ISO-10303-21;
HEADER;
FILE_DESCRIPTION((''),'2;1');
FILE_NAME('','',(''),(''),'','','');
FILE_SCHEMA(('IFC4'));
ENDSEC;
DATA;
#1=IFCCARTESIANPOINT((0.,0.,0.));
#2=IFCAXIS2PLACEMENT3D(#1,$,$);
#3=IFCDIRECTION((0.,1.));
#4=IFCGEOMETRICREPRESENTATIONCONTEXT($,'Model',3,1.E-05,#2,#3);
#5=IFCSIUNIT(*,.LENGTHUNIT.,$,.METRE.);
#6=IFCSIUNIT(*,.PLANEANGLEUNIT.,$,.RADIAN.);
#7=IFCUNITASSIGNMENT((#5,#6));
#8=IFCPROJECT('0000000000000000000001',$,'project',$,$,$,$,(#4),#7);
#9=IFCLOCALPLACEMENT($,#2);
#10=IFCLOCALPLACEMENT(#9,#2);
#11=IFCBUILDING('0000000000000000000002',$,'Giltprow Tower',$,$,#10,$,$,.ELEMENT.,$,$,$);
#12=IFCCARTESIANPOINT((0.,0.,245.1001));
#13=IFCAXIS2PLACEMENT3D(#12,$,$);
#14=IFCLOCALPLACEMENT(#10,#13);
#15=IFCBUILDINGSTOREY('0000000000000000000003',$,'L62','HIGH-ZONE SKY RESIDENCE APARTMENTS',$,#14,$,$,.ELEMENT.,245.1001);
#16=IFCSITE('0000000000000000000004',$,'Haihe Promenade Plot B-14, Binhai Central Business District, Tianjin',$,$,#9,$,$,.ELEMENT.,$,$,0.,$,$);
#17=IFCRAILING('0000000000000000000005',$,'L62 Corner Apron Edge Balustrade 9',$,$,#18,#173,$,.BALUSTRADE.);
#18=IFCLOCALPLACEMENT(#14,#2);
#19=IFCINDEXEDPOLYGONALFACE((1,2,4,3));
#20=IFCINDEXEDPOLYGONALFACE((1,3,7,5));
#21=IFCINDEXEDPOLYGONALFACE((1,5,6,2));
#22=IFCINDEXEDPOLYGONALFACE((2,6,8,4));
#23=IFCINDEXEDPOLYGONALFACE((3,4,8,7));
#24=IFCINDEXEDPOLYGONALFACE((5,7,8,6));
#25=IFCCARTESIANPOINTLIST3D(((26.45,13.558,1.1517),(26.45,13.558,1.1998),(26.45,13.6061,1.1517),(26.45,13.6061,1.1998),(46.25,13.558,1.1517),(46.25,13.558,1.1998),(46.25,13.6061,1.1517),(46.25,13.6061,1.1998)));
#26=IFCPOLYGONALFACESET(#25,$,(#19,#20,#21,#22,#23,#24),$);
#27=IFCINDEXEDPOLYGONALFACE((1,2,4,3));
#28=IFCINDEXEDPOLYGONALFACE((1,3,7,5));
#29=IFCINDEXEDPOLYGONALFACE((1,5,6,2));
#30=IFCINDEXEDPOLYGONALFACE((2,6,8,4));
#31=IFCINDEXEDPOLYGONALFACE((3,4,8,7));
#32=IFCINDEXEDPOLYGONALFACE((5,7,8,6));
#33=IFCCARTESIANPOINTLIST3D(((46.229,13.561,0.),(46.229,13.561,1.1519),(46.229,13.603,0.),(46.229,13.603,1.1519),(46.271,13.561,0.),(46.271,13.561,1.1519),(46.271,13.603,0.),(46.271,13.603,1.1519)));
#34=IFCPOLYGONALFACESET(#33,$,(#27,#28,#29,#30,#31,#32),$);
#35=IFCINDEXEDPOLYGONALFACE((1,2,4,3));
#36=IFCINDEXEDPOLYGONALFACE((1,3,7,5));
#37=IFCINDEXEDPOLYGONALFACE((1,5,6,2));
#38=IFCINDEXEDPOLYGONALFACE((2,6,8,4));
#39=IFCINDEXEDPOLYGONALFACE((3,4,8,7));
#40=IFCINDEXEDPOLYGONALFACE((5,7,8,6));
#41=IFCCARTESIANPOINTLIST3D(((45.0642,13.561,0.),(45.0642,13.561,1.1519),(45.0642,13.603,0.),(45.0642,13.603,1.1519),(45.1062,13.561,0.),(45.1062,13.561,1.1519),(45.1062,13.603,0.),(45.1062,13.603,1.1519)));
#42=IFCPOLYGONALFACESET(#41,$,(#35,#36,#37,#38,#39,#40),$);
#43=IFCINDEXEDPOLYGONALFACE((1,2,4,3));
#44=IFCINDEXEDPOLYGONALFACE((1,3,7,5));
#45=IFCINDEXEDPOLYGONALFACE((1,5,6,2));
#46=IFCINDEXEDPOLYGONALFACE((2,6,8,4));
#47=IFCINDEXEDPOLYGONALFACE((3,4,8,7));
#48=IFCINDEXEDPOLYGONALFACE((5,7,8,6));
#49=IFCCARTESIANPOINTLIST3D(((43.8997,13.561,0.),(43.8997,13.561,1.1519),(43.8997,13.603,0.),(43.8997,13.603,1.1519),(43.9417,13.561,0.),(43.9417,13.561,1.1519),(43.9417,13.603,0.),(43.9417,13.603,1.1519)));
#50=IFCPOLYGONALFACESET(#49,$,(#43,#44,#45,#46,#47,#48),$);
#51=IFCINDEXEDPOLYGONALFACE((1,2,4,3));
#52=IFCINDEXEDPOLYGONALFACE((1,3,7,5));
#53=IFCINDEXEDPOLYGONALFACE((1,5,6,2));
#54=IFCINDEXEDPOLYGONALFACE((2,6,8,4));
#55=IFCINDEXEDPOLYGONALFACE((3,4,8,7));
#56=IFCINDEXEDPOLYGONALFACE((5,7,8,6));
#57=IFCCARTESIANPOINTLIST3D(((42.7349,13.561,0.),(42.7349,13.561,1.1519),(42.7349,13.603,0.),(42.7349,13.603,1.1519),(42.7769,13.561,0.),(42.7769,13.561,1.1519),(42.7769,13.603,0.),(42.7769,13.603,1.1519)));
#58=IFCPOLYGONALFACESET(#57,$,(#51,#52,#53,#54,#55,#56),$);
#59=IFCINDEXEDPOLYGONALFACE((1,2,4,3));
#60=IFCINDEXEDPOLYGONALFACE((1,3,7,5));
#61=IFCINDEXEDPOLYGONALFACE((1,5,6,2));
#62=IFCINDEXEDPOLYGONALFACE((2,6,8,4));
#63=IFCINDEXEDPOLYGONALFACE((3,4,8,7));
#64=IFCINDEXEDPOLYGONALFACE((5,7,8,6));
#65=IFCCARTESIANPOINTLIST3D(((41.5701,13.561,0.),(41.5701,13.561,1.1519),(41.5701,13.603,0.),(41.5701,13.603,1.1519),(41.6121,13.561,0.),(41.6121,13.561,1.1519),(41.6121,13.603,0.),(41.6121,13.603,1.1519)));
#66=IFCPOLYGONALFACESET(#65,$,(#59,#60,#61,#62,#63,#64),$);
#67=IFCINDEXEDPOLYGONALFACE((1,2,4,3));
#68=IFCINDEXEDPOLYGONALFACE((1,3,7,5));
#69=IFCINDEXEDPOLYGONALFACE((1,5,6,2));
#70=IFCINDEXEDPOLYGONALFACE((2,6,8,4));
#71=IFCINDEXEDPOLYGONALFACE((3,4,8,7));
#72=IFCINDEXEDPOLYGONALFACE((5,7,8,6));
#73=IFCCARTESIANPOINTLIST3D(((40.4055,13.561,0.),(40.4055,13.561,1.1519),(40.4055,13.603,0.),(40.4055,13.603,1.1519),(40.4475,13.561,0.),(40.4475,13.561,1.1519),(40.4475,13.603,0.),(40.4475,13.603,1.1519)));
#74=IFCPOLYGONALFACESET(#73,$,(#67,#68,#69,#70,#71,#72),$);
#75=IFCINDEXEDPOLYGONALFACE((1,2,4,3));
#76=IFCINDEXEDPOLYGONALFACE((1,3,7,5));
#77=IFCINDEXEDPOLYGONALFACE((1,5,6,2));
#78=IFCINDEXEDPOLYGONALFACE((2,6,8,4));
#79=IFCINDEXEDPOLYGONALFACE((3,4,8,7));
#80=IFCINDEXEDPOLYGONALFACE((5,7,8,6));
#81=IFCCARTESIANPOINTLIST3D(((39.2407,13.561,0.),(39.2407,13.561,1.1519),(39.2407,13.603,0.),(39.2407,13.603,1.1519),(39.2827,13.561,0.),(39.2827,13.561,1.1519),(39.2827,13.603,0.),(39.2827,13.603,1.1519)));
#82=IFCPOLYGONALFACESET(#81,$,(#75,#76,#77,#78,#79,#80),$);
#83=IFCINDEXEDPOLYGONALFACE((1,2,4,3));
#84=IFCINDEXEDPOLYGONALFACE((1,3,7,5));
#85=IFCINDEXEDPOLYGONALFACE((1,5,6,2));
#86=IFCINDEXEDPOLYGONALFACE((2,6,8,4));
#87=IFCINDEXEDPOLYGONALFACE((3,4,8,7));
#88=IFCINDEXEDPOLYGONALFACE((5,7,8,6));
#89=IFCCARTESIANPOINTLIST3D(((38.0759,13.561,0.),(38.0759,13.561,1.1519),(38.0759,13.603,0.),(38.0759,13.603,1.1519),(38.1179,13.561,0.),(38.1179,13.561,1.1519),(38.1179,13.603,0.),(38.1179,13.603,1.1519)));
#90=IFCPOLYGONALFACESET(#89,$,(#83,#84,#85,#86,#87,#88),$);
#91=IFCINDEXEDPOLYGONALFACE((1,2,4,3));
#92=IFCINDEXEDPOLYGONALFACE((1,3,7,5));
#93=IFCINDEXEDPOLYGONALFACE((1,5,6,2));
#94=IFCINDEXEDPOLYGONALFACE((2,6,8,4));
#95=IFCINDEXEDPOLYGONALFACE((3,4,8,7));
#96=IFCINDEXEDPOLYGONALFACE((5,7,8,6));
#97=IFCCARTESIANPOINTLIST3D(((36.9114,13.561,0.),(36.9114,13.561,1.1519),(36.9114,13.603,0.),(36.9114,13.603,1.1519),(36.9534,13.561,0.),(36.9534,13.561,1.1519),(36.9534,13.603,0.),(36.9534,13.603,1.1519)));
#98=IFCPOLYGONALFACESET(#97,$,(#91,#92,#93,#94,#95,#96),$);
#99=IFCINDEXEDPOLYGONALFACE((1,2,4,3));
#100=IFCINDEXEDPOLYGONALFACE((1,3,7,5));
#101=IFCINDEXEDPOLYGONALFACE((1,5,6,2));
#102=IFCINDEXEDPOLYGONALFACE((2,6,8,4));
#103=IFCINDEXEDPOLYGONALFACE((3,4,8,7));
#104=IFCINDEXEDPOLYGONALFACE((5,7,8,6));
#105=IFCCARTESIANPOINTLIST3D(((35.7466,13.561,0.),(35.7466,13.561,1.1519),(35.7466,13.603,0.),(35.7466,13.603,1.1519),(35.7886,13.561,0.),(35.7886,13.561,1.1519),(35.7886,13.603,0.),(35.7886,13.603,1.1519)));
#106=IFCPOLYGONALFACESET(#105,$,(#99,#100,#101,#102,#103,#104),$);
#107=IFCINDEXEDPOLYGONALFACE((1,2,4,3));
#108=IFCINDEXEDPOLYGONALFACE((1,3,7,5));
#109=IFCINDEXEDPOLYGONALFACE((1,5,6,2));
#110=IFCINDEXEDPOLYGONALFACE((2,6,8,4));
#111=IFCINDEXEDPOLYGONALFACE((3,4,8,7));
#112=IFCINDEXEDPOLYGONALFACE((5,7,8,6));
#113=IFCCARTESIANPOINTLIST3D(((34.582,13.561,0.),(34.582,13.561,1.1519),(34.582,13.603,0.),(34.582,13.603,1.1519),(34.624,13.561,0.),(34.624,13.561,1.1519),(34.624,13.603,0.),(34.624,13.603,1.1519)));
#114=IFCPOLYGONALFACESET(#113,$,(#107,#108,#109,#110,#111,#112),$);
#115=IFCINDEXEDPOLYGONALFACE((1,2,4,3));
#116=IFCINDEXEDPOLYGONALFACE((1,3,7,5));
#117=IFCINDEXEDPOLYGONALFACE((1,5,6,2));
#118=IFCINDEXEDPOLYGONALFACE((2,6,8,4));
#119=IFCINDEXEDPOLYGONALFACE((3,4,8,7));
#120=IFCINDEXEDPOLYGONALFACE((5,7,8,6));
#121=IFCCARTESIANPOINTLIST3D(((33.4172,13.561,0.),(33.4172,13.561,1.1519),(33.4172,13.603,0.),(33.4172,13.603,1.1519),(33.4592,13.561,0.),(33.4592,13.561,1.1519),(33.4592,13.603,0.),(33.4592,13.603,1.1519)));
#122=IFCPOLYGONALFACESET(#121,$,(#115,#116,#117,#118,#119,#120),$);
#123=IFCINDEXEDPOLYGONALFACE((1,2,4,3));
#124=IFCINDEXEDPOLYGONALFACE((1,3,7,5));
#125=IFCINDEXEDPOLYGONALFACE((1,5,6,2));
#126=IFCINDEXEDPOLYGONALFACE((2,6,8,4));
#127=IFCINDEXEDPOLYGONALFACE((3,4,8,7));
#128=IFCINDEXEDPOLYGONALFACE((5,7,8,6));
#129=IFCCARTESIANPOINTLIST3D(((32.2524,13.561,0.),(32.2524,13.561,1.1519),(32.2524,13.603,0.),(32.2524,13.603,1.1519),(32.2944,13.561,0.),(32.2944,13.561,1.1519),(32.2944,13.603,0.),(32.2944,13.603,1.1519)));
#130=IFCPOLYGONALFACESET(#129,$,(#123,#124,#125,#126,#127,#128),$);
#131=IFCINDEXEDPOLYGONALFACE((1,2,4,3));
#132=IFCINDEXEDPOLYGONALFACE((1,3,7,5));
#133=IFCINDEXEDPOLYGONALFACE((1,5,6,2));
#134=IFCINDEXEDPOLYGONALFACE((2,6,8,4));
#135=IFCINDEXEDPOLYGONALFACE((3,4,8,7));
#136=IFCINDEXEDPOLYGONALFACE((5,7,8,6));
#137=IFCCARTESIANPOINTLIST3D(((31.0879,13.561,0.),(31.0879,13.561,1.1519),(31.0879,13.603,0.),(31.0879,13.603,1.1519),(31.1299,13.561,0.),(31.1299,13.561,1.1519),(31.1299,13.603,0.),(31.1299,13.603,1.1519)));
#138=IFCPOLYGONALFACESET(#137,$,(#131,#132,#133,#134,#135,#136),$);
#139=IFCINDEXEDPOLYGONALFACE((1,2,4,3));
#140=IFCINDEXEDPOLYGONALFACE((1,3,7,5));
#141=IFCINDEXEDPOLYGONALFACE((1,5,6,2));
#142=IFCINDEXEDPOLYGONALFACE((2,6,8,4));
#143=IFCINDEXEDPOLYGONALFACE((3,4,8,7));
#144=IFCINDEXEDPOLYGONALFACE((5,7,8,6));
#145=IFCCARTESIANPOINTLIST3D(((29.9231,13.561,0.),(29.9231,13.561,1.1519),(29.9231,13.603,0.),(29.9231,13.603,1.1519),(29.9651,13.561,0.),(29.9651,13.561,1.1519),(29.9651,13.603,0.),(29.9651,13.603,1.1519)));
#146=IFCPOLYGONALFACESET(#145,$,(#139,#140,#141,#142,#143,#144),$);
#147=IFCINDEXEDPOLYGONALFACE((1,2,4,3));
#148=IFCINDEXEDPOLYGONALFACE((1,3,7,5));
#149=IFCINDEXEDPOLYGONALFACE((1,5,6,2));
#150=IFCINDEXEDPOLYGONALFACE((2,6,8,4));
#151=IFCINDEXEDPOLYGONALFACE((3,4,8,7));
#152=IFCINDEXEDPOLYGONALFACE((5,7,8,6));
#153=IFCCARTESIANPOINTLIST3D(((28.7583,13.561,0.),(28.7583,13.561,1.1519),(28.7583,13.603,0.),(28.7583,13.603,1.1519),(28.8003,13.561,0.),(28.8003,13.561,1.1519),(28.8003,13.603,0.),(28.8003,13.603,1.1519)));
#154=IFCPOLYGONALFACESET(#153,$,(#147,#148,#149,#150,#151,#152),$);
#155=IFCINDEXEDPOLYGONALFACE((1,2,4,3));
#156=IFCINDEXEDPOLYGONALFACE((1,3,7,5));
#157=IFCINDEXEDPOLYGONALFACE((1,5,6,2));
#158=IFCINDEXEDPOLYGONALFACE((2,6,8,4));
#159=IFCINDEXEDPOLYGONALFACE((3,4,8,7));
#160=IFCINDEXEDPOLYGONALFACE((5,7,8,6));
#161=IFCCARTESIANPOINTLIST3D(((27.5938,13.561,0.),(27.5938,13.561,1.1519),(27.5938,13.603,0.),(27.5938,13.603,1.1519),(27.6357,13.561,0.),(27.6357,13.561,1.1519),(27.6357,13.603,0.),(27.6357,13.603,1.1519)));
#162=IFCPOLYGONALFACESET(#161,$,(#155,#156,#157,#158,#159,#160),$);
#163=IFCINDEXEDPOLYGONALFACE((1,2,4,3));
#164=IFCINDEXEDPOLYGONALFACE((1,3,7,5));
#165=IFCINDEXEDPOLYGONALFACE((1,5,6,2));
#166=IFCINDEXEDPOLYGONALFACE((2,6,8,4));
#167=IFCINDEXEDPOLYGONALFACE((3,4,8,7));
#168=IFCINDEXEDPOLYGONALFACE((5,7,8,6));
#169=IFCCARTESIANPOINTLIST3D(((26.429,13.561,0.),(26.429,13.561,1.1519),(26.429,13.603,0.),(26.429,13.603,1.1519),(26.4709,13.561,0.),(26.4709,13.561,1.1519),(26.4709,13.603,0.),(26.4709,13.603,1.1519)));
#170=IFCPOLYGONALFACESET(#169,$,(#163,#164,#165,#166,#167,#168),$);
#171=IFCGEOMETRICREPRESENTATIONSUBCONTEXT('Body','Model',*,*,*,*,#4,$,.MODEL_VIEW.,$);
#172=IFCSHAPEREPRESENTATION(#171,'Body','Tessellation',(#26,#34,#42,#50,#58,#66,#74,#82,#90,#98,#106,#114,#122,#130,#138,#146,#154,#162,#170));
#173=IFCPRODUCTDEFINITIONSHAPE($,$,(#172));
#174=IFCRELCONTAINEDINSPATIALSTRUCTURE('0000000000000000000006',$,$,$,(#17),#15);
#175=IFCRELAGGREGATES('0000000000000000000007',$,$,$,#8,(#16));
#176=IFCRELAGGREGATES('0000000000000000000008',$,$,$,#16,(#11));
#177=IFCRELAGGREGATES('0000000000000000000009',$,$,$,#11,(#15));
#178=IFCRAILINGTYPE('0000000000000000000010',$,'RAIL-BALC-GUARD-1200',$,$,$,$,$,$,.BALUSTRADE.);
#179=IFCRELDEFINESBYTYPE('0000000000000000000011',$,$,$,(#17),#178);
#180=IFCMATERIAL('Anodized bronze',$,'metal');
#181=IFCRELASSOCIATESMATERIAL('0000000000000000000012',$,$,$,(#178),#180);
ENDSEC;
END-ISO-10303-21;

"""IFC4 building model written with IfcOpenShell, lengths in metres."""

from ifc_helpers import new_model, si_unit, direction, frame, origin, origin_2d, place, context, subcontext, project, spatial, rectangle, extrude, material, type_object, element, save


model = new_model("IFC4")

# Units and contexts
model_context = context("Model", 3, precision=1e-05, world=origin(), true_north=direction((0.0, 1.0)))
body_context = subcontext(model_context, "Body", "Model", "MODEL_VIEW")
ifc_project = project(units=[si_unit("LENGTHUNIT", "METRE"), si_unit("PLANEANGLEUNIT", "RADIAN")], contexts=[model_context])

# Site, building, storey
site_placement = place(None, origin())
site = spatial("IfcSite", under=ifc_project, at=site_placement, Name="Haihe Promenade Plot B-14, Binhai Central Business District, Tianjin", CompositionType="ELEMENT", RefElevation=0.0)
building_placement = place(site_placement, origin())
building = spatial("IfcBuilding", under=site, at=building_placement, Name="Giltprow Tower", CompositionType="ELEMENT")
storey_placement = place(building_placement, frame((0.0, 0.0, 245.1001)))
storey = spatial("IfcBuildingStorey", under=building, at=storey_placement, Name="L62", Description="HIGH-ZONE SKY RESIDENCE APARTMENTS", CompositionType="ELEMENT", Elevation=245.1001)

# Railing
ifc_material_1 = material(Name="Anodized bronze", Category="metal")
railing_type = type_object("IfcRailingType", Name="RAIL-BALC-GUARD-1200", PredefinedType="BALUSTRADE", material=ifc_material_1)
railing_1_placement = place(storey_placement, frame((46.25, 13.582, 0.0)))
element("IfcRailing", 1, at=railing_1_placement, inside=storey, type_object=railing_type, Name="L62 Corner Apron Edge Balustrade 9", PredefinedType="BALUSTRADE", context=body_context, shape_type="SweptSolid", body=[
    extrude(rectangle(XDim=0.0481, YDim=0.0481, at=origin_2d()), frame((0.0, 0.0, 1.1758), z_axis=(-1.0, 0.0, 0.0), x_axis=(0.0, -1.0, 0.0)), (0.0, 0.0, 1.0), 19.8),
    extrude(rectangle(XDim=0.042, YDim=0.042, at=origin_2d()), origin(), (0.0, 0.0, 1.0), 1.1519),
    extrude(rectangle(XDim=0.042, YDim=0.042, at=origin_2d()), frame((-1.1648, 0.0, 0.0)), (0.0, 0.0, 1.0), 1.1519),
    extrude(rectangle(XDim=0.042, YDim=0.042, at=origin_2d()), frame((-2.3293, 0.0, 0.0)), (0.0, 0.0, 1.0), 1.1519),
    extrude(rectangle(XDim=0.042, YDim=0.042, at=origin_2d()), frame((-3.4941, 0.0, 0.0)), (0.0, 0.0, 1.0), 1.1519),
    extrude(rectangle(XDim=0.042, YDim=0.042, at=origin_2d()), frame((-4.6589, 0.0, 0.0)), (0.0, 0.0, 1.0), 1.1519),
    extrude(rectangle(XDim=0.042, YDim=0.042, at=origin_2d()), frame((-5.8235, 0.0, 0.0)), (0.0, 0.0, 1.0), 1.1519),
    extrude(rectangle(XDim=0.042, YDim=0.042, at=origin_2d()), frame((-6.9883, 0.0, 0.0)), (0.0, 0.0, 1.0), 1.1519),
    extrude(rectangle(XDim=0.042, YDim=0.042, at=origin_2d()), frame((-8.1531, 0.0, 0.0)), (0.0, 0.0, 1.0), 1.1519),
    extrude(rectangle(XDim=0.042, YDim=0.042, at=origin_2d()), frame((-9.3176, 0.0, 0.0)), (0.0, 0.0, 1.0), 1.1519),
    extrude(rectangle(XDim=0.042, YDim=0.042, at=origin_2d()), frame((-10.4824, 0.0, 0.0)), (0.0, 0.0, 1.0), 1.1519),
    extrude(rectangle(XDim=0.042, YDim=0.042, at=origin_2d()), frame((-11.647, 0.0, 0.0)), (0.0, 0.0, 1.0), 1.1519),
    extrude(rectangle(XDim=0.042, YDim=0.042, at=origin_2d()), frame((-12.8118, 0.0, 0.0)), (0.0, 0.0, 1.0), 1.1519),
    extrude(rectangle(XDim=0.042, YDim=0.042, at=origin_2d()), frame((-13.9766, 0.0, 0.0)), (0.0, 0.0, 1.0), 1.1519),
    extrude(rectangle(XDim=0.042, YDim=0.042, at=origin_2d()), frame((-15.1411, 0.0, 0.0)), (0.0, 0.0, 1.0), 1.1519),
    extrude(rectangle(XDim=0.042, YDim=0.042, at=origin_2d()), frame((-16.3059, 0.0, 0.0)), (0.0, 0.0, 1.0), 1.1519),
    extrude(rectangle(XDim=0.042, YDim=0.042, at=origin_2d()), frame((-17.4707, 0.0, 0.0)), (0.0, 0.0, 1.0), 1.1519),
    extrude(rectangle(XDim=0.042, YDim=0.042, at=origin_2d()), frame((-18.6353, 0.0, 0.0)), (0.0, 0.0, 1.0), 1.1519),
    extrude(rectangle(XDim=0.042, YDim=0.042, at=origin_2d()), frame((-19.8, 0.0, 0.0)), (0.0, 0.0, 1.0), 1.1519),
])

save(model, "model.ifc")
